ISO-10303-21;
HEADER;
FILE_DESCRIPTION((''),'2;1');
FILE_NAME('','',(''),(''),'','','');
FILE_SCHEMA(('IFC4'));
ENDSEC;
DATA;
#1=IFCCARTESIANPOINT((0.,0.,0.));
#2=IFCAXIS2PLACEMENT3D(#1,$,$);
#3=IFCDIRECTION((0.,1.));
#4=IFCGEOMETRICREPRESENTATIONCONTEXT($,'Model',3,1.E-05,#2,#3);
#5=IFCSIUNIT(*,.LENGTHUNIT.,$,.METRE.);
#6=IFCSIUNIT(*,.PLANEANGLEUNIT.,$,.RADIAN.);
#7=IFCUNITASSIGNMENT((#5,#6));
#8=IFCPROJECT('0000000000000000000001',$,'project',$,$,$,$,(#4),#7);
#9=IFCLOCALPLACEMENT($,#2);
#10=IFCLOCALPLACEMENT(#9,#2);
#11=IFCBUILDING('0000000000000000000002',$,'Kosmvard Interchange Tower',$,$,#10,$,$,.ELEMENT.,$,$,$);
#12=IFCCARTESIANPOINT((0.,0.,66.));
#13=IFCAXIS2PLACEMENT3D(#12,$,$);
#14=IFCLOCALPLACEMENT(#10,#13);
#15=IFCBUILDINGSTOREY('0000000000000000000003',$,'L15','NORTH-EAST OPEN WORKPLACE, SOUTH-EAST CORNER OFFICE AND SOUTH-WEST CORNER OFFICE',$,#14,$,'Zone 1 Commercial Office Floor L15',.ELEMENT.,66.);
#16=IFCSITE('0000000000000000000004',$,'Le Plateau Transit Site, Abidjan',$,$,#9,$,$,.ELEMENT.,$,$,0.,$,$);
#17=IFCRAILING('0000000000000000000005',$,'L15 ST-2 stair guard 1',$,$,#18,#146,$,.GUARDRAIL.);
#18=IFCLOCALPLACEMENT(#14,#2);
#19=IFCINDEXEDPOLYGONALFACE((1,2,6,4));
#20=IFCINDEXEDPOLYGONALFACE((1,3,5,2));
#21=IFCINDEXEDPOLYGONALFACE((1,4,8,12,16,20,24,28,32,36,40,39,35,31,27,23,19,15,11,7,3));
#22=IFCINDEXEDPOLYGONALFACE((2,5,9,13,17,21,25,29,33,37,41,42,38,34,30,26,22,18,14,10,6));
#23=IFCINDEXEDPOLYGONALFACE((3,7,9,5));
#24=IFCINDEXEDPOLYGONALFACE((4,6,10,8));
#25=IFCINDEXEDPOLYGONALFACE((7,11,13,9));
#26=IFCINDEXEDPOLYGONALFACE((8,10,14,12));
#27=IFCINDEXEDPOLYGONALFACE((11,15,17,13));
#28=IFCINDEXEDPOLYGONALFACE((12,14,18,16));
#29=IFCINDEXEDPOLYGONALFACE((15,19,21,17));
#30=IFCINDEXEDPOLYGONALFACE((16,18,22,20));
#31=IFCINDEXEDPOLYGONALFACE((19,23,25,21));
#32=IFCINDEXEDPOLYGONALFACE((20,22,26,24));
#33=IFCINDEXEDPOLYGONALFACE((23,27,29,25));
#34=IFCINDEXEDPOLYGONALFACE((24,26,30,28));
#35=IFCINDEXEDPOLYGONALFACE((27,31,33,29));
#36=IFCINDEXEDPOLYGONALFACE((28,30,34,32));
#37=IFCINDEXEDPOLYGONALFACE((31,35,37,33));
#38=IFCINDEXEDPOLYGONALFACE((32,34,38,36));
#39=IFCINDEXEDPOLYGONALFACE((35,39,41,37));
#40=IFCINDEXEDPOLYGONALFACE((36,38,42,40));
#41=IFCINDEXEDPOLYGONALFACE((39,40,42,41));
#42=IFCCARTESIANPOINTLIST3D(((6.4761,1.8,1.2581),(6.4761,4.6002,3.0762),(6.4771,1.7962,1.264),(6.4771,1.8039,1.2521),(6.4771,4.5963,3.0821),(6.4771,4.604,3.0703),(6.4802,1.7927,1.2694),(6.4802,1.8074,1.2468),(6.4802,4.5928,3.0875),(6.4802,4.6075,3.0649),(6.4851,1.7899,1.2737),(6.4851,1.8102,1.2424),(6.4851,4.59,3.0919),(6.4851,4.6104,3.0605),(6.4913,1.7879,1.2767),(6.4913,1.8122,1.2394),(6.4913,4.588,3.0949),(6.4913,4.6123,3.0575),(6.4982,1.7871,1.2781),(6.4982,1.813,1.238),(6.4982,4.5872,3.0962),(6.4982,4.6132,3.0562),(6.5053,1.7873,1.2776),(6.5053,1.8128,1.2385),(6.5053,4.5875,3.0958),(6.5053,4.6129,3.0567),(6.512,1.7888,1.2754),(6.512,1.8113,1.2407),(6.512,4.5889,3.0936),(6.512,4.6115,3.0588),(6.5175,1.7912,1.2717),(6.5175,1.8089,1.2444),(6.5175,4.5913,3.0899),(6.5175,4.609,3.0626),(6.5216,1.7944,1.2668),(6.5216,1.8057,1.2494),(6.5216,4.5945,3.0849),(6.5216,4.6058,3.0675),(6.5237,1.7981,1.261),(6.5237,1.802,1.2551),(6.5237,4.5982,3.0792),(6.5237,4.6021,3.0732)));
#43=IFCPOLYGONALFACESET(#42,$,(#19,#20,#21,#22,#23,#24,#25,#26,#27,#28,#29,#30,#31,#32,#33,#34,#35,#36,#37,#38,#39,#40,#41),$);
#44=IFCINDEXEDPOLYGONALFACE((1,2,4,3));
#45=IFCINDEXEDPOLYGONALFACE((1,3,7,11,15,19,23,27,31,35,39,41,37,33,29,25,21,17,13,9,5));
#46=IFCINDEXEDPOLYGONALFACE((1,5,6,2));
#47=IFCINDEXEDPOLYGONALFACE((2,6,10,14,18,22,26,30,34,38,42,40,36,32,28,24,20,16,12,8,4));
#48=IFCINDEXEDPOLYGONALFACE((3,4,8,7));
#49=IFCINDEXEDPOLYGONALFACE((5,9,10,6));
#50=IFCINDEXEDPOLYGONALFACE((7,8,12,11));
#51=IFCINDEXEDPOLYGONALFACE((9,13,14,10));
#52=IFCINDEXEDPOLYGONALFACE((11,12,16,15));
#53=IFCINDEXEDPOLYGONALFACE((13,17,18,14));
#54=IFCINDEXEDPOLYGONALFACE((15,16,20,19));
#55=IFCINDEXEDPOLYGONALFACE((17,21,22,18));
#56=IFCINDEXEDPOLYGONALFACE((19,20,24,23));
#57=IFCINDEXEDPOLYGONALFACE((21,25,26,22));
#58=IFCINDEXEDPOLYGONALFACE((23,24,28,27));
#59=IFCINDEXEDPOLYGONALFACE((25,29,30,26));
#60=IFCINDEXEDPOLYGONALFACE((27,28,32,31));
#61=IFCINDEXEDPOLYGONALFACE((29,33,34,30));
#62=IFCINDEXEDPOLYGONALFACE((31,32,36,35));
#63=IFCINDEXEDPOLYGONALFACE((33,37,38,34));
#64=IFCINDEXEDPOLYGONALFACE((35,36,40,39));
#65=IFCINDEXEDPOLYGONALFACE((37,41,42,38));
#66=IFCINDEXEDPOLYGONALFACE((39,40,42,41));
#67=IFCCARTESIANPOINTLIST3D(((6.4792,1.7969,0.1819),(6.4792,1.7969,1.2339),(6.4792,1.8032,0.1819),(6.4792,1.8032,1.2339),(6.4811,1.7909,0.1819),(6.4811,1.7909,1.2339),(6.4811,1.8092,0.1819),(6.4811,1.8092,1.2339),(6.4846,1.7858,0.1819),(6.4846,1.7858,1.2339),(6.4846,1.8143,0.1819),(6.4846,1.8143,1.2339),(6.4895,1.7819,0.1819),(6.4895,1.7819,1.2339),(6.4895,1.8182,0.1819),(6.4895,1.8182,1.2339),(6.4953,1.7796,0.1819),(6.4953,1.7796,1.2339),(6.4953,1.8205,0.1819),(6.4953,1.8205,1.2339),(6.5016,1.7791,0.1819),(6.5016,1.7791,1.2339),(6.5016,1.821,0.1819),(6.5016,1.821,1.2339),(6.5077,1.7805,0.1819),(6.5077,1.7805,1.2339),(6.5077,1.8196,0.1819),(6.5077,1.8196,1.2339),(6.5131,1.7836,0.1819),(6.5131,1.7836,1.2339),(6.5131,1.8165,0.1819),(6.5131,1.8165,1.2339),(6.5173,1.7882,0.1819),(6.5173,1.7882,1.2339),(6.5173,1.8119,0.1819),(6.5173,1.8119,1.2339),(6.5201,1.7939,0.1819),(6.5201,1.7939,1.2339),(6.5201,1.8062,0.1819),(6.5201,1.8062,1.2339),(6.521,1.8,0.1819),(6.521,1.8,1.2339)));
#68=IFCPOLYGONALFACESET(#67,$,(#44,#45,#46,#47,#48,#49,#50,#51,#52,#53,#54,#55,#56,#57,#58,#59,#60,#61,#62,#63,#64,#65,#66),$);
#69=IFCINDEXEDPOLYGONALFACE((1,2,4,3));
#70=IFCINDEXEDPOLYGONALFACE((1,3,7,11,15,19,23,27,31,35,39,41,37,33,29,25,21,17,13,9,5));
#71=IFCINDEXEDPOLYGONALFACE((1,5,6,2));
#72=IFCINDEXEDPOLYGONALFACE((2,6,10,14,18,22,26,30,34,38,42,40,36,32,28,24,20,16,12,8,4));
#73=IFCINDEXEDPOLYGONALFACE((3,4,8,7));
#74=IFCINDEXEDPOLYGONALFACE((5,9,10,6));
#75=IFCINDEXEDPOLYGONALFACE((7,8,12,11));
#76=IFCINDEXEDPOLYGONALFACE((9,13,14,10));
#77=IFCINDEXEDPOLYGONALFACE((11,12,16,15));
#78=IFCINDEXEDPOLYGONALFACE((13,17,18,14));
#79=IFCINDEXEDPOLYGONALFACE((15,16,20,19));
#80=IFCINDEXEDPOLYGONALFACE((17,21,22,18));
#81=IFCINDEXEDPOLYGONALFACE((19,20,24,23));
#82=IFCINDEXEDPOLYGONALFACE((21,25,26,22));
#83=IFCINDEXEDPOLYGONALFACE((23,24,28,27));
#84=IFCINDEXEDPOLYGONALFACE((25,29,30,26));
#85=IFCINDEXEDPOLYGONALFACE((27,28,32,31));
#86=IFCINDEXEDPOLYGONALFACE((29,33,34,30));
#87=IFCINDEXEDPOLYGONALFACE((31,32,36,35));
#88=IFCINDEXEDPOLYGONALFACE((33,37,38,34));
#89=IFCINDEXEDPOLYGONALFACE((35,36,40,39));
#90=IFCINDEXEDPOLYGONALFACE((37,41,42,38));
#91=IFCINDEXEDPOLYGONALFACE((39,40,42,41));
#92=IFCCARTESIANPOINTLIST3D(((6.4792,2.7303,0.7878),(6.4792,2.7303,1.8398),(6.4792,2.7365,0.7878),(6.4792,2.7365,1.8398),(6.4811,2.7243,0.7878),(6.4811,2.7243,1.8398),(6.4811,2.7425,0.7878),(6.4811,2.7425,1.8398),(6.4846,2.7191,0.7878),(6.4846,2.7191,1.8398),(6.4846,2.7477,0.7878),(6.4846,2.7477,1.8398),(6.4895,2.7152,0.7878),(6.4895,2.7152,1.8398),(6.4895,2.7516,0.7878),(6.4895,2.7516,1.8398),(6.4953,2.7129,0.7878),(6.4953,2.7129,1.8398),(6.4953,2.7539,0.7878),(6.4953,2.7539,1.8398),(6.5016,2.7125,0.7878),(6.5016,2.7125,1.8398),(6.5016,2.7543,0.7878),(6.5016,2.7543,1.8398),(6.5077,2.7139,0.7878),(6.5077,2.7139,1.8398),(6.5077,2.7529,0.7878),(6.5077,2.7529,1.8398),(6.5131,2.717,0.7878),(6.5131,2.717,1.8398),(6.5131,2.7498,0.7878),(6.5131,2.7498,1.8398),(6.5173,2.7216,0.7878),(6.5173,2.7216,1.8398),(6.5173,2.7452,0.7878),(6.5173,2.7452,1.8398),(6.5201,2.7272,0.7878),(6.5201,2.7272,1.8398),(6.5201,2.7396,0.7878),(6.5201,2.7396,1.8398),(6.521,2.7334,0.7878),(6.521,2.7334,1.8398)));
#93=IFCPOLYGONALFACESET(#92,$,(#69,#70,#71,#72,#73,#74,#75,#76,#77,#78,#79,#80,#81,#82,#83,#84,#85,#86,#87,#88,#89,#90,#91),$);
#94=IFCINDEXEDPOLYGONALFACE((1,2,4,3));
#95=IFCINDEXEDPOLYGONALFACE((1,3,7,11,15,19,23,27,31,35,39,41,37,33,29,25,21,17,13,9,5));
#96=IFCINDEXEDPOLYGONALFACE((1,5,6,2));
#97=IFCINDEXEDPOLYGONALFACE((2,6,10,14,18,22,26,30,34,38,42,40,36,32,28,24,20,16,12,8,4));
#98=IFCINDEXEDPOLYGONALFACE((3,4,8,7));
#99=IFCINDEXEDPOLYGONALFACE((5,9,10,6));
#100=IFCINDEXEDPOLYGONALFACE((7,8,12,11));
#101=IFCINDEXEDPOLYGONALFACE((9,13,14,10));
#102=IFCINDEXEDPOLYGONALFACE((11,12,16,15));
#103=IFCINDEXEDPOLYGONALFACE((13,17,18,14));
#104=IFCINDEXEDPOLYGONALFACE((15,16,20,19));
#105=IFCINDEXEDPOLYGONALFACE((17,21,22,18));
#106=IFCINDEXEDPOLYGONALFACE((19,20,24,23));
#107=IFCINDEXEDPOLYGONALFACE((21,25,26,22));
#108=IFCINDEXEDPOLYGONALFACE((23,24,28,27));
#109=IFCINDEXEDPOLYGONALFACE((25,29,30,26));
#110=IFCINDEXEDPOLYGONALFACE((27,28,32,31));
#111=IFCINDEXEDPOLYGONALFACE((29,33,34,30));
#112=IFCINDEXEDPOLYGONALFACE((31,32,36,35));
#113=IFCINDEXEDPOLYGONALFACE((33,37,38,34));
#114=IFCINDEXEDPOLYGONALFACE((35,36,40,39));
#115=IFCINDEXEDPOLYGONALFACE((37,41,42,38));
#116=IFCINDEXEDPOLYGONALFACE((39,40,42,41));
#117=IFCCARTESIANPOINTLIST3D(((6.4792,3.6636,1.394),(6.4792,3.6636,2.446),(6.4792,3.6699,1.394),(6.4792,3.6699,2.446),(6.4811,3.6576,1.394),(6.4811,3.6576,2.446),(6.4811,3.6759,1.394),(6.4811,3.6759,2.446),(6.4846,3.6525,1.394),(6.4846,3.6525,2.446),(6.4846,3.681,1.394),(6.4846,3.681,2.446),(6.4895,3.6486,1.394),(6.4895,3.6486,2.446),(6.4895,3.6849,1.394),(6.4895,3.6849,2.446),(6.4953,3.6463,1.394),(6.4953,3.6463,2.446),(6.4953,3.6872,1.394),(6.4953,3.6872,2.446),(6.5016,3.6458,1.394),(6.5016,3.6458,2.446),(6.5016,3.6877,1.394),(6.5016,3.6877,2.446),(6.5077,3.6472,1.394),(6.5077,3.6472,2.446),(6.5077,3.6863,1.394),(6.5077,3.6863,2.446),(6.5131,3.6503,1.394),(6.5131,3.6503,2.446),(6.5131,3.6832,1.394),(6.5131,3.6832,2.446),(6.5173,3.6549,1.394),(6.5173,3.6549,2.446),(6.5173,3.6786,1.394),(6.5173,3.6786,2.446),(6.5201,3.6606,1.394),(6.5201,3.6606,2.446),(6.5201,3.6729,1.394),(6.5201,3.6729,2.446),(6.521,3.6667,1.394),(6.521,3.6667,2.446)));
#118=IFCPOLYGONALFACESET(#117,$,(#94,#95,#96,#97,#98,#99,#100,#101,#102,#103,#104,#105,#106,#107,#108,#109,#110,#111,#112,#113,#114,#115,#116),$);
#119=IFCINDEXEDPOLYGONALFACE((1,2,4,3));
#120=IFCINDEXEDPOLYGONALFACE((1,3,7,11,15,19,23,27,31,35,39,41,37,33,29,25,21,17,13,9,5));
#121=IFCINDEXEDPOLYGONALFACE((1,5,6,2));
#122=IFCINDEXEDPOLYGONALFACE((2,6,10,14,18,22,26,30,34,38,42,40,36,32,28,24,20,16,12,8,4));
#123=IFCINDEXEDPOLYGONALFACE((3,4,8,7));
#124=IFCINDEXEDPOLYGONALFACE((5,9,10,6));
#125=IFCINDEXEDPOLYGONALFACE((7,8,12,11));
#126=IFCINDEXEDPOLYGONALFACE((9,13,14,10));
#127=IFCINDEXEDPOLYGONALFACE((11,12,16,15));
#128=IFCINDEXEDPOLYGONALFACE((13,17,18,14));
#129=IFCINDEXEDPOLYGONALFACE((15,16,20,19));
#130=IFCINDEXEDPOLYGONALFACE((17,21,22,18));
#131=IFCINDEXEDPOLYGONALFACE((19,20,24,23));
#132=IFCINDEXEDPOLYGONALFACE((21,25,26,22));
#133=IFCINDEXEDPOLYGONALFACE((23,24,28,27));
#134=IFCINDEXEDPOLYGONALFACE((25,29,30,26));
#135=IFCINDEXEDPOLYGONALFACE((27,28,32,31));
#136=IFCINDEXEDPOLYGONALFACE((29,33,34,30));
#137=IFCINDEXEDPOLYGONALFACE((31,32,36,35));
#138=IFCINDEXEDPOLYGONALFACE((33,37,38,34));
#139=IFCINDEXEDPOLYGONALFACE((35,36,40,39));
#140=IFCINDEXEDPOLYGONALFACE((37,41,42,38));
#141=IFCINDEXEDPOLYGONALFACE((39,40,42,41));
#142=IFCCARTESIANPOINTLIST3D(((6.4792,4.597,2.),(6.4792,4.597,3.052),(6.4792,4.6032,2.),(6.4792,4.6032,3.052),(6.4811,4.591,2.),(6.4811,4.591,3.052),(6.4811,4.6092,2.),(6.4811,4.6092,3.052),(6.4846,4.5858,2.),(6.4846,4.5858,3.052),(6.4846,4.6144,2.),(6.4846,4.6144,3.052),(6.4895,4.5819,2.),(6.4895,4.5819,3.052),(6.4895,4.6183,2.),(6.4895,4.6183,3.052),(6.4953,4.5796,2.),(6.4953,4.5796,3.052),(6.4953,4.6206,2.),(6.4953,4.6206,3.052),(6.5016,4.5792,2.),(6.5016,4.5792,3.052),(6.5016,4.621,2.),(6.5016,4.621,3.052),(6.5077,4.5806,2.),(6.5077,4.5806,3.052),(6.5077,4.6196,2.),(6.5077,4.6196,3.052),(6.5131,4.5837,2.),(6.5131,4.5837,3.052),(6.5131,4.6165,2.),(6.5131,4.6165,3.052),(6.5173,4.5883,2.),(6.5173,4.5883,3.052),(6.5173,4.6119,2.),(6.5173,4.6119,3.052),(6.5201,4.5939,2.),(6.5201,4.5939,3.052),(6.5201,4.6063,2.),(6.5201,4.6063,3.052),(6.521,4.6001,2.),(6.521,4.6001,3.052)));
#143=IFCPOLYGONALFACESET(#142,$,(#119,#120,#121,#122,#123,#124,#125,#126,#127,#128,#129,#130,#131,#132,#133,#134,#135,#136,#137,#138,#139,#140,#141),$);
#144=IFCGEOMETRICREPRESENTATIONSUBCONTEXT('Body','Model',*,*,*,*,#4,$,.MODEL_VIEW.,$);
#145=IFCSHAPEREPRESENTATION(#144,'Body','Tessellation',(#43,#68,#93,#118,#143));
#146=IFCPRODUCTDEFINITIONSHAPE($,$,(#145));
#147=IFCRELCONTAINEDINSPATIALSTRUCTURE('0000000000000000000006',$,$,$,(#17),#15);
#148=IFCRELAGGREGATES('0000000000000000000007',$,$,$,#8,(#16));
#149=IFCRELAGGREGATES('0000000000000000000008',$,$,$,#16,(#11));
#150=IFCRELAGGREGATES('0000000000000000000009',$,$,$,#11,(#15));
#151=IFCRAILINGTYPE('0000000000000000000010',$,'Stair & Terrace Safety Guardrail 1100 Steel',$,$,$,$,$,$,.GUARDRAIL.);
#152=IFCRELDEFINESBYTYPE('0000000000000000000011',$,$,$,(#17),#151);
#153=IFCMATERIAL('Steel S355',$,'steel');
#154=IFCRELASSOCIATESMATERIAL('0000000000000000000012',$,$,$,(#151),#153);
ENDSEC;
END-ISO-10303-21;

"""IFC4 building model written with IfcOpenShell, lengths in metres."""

from ifc_helpers import new_model, si_unit, direction, frame, origin, origin_2d, place, context, subcontext, project, spatial, circle, extrude, source, transform, mapped, material, type_object, element, save


model = new_model("IFC4")

# Units and contexts
model_context = context("Model", 3, precision=1e-05, world=origin(), true_north=direction((0.0, 1.0)))
body_context = subcontext(model_context, "Body", "Model", "MODEL_VIEW")
ifc_project = project(units=[si_unit("LENGTHUNIT", "METRE"), si_unit("PLANEANGLEUNIT", "RADIAN")], contexts=[model_context])

# Site, building, storey
site_placement = place(None, origin())
site = spatial("IfcSite", under=ifc_project, at=site_placement, Name="Le Plateau Transit Site, Abidjan", CompositionType="ELEMENT", RefElevation=0.0)
building_placement = place(site_placement, origin())
building = spatial("IfcBuilding", under=site, at=building_placement, Name="Kosmvard Interchange Tower", CompositionType="ELEMENT")
storey_placement = place(building_placement, frame((0.0, 0.0, 66.0)))
storey = spatial("IfcBuildingStorey", under=building, at=storey_placement, Name="L15", Description="NORTH-EAST OPEN WORKPLACE, SOUTH-EAST CORNER OFFICE AND SOUTH-WEST CORNER OFFICE", LongName="Zone 1 Commercial Office Floor L15", CompositionType="ELEMENT", Elevation=66.0)

# Shared definitions
ifc_material_1 = material(Name="Steel S355", Category="steel")

# Railing
railing_type_1 = type_object("IfcRailingType", Name="Stair & Terrace Safety Guardrail 1100 Steel", PredefinedType="GUARDRAIL", material=ifc_material_1)
shared_shape_1 = source(origin(), body_context, "Body", "SweptSolid", [
    extrude(circle(Radius=0.0239, at=origin_2d()), frame((0.0, 0.0, 1.0762), z_axis=(0.0, 0.838706, 0.544585), x_axis=(-1.0, 0.0, 0.0)), (0.0, 0.0, 1.0), 3.3386),
    extrude(circle(Radius=0.021, at=origin_2d()), origin(), (0.0, 0.0, 1.0), 1.052),
    extrude(circle(Radius=0.021, at=origin_2d()), frame((0.0, 0.9333, 0.606)), (0.0, 0.0, 1.0), 1.052),
    extrude(circle(Radius=0.021, at=origin_2d()), frame((0.0, 1.8667, 1.2122)), (0.0, 0.0, 1.0), 1.052),
    extrude(circle(Radius=0.021, at=origin_2d()), frame((0.0, 2.8, 1.8181)), (0.0, 0.0, 1.0), 1.052),
])
railing_1_placement = place(storey_placement, frame((6.5, 1.8, 0.1819)))
element("IfcRailing", 1, at=railing_1_placement, inside=storey, type_object=railing_type_1, Name="L15 ST-2 stair guard 1", PredefinedType="GUARDRAIL", context=body_context, shape_type="MappedRepresentation", body=[
    mapped(shared_shape_1, transform((0.0, 0.0, 0.0), scale=1.0)),
])

save(model, "model.ifc")
